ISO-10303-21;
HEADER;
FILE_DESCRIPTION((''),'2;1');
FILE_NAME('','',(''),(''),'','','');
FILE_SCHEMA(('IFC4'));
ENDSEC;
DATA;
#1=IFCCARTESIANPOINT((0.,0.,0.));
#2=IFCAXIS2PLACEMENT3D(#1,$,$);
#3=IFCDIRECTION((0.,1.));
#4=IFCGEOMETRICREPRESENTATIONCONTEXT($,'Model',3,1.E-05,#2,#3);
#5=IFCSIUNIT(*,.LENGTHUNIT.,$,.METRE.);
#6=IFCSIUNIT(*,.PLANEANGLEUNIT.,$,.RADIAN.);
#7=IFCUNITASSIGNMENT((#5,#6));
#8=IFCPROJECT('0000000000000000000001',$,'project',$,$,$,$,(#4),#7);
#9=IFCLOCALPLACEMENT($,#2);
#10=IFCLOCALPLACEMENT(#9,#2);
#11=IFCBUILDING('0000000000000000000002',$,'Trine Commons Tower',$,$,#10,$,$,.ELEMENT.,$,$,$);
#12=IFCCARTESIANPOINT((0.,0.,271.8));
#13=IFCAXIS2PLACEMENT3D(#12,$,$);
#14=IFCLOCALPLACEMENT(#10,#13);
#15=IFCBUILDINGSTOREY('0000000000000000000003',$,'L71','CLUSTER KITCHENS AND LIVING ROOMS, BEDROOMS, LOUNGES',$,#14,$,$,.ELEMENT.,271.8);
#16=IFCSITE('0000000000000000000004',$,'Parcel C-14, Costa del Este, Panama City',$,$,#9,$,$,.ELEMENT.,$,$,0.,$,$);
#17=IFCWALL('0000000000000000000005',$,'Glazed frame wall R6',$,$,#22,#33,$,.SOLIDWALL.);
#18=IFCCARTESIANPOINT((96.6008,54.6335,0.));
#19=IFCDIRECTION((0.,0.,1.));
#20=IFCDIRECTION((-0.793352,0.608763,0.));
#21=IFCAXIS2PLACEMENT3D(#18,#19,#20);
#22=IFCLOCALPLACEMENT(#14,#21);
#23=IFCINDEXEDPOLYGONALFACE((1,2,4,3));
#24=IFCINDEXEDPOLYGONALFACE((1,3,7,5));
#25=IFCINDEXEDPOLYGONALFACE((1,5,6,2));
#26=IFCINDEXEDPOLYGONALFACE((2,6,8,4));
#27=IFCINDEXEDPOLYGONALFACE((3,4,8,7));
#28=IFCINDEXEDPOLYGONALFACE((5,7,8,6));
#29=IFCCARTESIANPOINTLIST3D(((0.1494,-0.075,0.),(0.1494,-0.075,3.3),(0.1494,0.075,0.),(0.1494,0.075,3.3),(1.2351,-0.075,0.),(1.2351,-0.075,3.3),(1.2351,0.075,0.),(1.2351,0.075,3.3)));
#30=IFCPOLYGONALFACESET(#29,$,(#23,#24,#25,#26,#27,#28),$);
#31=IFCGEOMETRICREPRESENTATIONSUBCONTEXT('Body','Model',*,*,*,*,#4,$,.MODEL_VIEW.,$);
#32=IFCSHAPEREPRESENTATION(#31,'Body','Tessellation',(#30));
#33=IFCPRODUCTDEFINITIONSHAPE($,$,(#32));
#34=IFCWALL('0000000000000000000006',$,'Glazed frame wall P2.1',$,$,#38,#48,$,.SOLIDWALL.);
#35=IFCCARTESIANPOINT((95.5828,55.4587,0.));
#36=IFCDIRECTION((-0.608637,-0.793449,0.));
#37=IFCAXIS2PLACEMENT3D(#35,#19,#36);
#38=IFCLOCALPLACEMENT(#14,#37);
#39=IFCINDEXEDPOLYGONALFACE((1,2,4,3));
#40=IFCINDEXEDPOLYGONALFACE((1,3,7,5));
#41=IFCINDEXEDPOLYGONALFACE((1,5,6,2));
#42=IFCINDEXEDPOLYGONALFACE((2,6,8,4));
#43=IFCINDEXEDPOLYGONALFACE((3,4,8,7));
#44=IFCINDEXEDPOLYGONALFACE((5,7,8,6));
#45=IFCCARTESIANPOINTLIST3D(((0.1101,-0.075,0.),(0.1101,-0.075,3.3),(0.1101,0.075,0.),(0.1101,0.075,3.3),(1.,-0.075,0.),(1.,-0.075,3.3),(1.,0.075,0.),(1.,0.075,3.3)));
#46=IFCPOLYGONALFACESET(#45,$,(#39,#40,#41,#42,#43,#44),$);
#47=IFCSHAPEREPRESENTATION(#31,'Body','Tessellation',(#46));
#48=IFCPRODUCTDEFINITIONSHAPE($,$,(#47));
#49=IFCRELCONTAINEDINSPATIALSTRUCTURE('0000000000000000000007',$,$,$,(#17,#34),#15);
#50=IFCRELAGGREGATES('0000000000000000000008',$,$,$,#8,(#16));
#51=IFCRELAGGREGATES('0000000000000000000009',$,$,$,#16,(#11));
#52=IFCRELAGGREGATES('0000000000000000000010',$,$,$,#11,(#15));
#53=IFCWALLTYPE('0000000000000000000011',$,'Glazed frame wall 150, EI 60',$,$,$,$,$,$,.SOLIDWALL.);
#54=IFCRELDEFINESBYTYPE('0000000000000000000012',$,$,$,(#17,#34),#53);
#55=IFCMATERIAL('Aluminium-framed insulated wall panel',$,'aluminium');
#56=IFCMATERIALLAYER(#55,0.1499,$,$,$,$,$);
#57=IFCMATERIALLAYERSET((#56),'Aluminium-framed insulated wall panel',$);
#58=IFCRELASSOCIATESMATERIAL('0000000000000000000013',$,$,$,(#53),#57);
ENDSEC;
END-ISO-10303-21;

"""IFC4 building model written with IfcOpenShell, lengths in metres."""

from ifc_helpers import new_model, si_unit, direction, frame, origin, place, context, subcontext, project, spatial, polyline, outline, extrude, material, layer, layer_set, type_object, element, save


model = new_model("IFC4")

# Units and contexts
model_context = context("Model", 3, precision=1e-05, world=origin(), true_north=direction((0.0, 1.0)))
body_context = subcontext(model_context, "Body", "Model", "MODEL_VIEW")
ifc_project = project(units=[si_unit("LENGTHUNIT", "METRE"), si_unit("PLANEANGLEUNIT", "RADIAN")], contexts=[model_context])

# Site, building, storey
site_placement = place(None, origin())
site = spatial("IfcSite", under=ifc_project, at=site_placement, Name="Parcel C-14, Costa del Este, Panama City", CompositionType="ELEMENT", RefElevation=0.0)
building_placement = place(site_placement, origin())
building = spatial("IfcBuilding", under=site, at=building_placement, Name="Trine Commons Tower", CompositionType="ELEMENT")
storey_placement = place(building_placement, frame((0.0, 0.0, 271.8)))
storey = spatial("IfcBuildingStorey", under=building, at=storey_placement, Name="L71", Description="CLUSTER KITCHENS AND LIVING ROOMS, BEDROOMS, LOUNGES", CompositionType="ELEMENT", Elevation=271.8)

# Walls
ifc_material_1 = material(Name="Aluminium-framed insulated wall panel", Category="aluminium")
ifc_layer_1 = layer(ifc_material_1, 0.1499)
ifc_layer_set_1 = layer_set([ifc_layer_1], Name="Aluminium-framed insulated wall panel")
wall_type_1 = type_object("IfcWallType", Name="Glazed frame wall 150, EI 60", PredefinedType="SOLIDWALL", material=ifc_layer_set_1)
wall_1_placement = place(storey_placement, frame((96.6008, 54.6335, 0.0), z_axis=(0.0, 0.0, 1.0), x_axis=(-0.793352, 0.608763, 0.0)))
element("IfcWall", 1, at=wall_1_placement, inside=storey, type_object=wall_type_1, Name="Glazed frame wall R6", PredefinedType="SOLIDWALL", context=body_context, shape_type="SweptSolid", body=[
    extrude(outline(polyline([(0.1494, 0.075), (0.1494, -0.075), (1.2351, -0.075), (1.2351, 0.075), (0.1494, 0.075)])), origin(), (0.0, 0.0, 1.0), 3.3),
])
wall_2_placement = place(storey_placement, frame((95.5828, 55.4587, 0.0), z_axis=(0.0, 0.0, 1.0), x_axis=(-0.608637, -0.793449, 0.0)))
element("IfcWall", 2, at=wall_2_placement, inside=storey, type_object=wall_type_1, Name="Glazed frame wall P2.1", PredefinedType="SOLIDWALL", context=body_context, shape_type="SweptSolid", body=[
    extrude(outline(polyline([(0.1101, -0.075), (1.0, -0.075), (1.0, 0.075), (0.1101, 0.075), (0.1101, -0.075)])), origin(), (0.0, 0.0, 1.0), 3.3),
])

save(model, "model.ifc")
